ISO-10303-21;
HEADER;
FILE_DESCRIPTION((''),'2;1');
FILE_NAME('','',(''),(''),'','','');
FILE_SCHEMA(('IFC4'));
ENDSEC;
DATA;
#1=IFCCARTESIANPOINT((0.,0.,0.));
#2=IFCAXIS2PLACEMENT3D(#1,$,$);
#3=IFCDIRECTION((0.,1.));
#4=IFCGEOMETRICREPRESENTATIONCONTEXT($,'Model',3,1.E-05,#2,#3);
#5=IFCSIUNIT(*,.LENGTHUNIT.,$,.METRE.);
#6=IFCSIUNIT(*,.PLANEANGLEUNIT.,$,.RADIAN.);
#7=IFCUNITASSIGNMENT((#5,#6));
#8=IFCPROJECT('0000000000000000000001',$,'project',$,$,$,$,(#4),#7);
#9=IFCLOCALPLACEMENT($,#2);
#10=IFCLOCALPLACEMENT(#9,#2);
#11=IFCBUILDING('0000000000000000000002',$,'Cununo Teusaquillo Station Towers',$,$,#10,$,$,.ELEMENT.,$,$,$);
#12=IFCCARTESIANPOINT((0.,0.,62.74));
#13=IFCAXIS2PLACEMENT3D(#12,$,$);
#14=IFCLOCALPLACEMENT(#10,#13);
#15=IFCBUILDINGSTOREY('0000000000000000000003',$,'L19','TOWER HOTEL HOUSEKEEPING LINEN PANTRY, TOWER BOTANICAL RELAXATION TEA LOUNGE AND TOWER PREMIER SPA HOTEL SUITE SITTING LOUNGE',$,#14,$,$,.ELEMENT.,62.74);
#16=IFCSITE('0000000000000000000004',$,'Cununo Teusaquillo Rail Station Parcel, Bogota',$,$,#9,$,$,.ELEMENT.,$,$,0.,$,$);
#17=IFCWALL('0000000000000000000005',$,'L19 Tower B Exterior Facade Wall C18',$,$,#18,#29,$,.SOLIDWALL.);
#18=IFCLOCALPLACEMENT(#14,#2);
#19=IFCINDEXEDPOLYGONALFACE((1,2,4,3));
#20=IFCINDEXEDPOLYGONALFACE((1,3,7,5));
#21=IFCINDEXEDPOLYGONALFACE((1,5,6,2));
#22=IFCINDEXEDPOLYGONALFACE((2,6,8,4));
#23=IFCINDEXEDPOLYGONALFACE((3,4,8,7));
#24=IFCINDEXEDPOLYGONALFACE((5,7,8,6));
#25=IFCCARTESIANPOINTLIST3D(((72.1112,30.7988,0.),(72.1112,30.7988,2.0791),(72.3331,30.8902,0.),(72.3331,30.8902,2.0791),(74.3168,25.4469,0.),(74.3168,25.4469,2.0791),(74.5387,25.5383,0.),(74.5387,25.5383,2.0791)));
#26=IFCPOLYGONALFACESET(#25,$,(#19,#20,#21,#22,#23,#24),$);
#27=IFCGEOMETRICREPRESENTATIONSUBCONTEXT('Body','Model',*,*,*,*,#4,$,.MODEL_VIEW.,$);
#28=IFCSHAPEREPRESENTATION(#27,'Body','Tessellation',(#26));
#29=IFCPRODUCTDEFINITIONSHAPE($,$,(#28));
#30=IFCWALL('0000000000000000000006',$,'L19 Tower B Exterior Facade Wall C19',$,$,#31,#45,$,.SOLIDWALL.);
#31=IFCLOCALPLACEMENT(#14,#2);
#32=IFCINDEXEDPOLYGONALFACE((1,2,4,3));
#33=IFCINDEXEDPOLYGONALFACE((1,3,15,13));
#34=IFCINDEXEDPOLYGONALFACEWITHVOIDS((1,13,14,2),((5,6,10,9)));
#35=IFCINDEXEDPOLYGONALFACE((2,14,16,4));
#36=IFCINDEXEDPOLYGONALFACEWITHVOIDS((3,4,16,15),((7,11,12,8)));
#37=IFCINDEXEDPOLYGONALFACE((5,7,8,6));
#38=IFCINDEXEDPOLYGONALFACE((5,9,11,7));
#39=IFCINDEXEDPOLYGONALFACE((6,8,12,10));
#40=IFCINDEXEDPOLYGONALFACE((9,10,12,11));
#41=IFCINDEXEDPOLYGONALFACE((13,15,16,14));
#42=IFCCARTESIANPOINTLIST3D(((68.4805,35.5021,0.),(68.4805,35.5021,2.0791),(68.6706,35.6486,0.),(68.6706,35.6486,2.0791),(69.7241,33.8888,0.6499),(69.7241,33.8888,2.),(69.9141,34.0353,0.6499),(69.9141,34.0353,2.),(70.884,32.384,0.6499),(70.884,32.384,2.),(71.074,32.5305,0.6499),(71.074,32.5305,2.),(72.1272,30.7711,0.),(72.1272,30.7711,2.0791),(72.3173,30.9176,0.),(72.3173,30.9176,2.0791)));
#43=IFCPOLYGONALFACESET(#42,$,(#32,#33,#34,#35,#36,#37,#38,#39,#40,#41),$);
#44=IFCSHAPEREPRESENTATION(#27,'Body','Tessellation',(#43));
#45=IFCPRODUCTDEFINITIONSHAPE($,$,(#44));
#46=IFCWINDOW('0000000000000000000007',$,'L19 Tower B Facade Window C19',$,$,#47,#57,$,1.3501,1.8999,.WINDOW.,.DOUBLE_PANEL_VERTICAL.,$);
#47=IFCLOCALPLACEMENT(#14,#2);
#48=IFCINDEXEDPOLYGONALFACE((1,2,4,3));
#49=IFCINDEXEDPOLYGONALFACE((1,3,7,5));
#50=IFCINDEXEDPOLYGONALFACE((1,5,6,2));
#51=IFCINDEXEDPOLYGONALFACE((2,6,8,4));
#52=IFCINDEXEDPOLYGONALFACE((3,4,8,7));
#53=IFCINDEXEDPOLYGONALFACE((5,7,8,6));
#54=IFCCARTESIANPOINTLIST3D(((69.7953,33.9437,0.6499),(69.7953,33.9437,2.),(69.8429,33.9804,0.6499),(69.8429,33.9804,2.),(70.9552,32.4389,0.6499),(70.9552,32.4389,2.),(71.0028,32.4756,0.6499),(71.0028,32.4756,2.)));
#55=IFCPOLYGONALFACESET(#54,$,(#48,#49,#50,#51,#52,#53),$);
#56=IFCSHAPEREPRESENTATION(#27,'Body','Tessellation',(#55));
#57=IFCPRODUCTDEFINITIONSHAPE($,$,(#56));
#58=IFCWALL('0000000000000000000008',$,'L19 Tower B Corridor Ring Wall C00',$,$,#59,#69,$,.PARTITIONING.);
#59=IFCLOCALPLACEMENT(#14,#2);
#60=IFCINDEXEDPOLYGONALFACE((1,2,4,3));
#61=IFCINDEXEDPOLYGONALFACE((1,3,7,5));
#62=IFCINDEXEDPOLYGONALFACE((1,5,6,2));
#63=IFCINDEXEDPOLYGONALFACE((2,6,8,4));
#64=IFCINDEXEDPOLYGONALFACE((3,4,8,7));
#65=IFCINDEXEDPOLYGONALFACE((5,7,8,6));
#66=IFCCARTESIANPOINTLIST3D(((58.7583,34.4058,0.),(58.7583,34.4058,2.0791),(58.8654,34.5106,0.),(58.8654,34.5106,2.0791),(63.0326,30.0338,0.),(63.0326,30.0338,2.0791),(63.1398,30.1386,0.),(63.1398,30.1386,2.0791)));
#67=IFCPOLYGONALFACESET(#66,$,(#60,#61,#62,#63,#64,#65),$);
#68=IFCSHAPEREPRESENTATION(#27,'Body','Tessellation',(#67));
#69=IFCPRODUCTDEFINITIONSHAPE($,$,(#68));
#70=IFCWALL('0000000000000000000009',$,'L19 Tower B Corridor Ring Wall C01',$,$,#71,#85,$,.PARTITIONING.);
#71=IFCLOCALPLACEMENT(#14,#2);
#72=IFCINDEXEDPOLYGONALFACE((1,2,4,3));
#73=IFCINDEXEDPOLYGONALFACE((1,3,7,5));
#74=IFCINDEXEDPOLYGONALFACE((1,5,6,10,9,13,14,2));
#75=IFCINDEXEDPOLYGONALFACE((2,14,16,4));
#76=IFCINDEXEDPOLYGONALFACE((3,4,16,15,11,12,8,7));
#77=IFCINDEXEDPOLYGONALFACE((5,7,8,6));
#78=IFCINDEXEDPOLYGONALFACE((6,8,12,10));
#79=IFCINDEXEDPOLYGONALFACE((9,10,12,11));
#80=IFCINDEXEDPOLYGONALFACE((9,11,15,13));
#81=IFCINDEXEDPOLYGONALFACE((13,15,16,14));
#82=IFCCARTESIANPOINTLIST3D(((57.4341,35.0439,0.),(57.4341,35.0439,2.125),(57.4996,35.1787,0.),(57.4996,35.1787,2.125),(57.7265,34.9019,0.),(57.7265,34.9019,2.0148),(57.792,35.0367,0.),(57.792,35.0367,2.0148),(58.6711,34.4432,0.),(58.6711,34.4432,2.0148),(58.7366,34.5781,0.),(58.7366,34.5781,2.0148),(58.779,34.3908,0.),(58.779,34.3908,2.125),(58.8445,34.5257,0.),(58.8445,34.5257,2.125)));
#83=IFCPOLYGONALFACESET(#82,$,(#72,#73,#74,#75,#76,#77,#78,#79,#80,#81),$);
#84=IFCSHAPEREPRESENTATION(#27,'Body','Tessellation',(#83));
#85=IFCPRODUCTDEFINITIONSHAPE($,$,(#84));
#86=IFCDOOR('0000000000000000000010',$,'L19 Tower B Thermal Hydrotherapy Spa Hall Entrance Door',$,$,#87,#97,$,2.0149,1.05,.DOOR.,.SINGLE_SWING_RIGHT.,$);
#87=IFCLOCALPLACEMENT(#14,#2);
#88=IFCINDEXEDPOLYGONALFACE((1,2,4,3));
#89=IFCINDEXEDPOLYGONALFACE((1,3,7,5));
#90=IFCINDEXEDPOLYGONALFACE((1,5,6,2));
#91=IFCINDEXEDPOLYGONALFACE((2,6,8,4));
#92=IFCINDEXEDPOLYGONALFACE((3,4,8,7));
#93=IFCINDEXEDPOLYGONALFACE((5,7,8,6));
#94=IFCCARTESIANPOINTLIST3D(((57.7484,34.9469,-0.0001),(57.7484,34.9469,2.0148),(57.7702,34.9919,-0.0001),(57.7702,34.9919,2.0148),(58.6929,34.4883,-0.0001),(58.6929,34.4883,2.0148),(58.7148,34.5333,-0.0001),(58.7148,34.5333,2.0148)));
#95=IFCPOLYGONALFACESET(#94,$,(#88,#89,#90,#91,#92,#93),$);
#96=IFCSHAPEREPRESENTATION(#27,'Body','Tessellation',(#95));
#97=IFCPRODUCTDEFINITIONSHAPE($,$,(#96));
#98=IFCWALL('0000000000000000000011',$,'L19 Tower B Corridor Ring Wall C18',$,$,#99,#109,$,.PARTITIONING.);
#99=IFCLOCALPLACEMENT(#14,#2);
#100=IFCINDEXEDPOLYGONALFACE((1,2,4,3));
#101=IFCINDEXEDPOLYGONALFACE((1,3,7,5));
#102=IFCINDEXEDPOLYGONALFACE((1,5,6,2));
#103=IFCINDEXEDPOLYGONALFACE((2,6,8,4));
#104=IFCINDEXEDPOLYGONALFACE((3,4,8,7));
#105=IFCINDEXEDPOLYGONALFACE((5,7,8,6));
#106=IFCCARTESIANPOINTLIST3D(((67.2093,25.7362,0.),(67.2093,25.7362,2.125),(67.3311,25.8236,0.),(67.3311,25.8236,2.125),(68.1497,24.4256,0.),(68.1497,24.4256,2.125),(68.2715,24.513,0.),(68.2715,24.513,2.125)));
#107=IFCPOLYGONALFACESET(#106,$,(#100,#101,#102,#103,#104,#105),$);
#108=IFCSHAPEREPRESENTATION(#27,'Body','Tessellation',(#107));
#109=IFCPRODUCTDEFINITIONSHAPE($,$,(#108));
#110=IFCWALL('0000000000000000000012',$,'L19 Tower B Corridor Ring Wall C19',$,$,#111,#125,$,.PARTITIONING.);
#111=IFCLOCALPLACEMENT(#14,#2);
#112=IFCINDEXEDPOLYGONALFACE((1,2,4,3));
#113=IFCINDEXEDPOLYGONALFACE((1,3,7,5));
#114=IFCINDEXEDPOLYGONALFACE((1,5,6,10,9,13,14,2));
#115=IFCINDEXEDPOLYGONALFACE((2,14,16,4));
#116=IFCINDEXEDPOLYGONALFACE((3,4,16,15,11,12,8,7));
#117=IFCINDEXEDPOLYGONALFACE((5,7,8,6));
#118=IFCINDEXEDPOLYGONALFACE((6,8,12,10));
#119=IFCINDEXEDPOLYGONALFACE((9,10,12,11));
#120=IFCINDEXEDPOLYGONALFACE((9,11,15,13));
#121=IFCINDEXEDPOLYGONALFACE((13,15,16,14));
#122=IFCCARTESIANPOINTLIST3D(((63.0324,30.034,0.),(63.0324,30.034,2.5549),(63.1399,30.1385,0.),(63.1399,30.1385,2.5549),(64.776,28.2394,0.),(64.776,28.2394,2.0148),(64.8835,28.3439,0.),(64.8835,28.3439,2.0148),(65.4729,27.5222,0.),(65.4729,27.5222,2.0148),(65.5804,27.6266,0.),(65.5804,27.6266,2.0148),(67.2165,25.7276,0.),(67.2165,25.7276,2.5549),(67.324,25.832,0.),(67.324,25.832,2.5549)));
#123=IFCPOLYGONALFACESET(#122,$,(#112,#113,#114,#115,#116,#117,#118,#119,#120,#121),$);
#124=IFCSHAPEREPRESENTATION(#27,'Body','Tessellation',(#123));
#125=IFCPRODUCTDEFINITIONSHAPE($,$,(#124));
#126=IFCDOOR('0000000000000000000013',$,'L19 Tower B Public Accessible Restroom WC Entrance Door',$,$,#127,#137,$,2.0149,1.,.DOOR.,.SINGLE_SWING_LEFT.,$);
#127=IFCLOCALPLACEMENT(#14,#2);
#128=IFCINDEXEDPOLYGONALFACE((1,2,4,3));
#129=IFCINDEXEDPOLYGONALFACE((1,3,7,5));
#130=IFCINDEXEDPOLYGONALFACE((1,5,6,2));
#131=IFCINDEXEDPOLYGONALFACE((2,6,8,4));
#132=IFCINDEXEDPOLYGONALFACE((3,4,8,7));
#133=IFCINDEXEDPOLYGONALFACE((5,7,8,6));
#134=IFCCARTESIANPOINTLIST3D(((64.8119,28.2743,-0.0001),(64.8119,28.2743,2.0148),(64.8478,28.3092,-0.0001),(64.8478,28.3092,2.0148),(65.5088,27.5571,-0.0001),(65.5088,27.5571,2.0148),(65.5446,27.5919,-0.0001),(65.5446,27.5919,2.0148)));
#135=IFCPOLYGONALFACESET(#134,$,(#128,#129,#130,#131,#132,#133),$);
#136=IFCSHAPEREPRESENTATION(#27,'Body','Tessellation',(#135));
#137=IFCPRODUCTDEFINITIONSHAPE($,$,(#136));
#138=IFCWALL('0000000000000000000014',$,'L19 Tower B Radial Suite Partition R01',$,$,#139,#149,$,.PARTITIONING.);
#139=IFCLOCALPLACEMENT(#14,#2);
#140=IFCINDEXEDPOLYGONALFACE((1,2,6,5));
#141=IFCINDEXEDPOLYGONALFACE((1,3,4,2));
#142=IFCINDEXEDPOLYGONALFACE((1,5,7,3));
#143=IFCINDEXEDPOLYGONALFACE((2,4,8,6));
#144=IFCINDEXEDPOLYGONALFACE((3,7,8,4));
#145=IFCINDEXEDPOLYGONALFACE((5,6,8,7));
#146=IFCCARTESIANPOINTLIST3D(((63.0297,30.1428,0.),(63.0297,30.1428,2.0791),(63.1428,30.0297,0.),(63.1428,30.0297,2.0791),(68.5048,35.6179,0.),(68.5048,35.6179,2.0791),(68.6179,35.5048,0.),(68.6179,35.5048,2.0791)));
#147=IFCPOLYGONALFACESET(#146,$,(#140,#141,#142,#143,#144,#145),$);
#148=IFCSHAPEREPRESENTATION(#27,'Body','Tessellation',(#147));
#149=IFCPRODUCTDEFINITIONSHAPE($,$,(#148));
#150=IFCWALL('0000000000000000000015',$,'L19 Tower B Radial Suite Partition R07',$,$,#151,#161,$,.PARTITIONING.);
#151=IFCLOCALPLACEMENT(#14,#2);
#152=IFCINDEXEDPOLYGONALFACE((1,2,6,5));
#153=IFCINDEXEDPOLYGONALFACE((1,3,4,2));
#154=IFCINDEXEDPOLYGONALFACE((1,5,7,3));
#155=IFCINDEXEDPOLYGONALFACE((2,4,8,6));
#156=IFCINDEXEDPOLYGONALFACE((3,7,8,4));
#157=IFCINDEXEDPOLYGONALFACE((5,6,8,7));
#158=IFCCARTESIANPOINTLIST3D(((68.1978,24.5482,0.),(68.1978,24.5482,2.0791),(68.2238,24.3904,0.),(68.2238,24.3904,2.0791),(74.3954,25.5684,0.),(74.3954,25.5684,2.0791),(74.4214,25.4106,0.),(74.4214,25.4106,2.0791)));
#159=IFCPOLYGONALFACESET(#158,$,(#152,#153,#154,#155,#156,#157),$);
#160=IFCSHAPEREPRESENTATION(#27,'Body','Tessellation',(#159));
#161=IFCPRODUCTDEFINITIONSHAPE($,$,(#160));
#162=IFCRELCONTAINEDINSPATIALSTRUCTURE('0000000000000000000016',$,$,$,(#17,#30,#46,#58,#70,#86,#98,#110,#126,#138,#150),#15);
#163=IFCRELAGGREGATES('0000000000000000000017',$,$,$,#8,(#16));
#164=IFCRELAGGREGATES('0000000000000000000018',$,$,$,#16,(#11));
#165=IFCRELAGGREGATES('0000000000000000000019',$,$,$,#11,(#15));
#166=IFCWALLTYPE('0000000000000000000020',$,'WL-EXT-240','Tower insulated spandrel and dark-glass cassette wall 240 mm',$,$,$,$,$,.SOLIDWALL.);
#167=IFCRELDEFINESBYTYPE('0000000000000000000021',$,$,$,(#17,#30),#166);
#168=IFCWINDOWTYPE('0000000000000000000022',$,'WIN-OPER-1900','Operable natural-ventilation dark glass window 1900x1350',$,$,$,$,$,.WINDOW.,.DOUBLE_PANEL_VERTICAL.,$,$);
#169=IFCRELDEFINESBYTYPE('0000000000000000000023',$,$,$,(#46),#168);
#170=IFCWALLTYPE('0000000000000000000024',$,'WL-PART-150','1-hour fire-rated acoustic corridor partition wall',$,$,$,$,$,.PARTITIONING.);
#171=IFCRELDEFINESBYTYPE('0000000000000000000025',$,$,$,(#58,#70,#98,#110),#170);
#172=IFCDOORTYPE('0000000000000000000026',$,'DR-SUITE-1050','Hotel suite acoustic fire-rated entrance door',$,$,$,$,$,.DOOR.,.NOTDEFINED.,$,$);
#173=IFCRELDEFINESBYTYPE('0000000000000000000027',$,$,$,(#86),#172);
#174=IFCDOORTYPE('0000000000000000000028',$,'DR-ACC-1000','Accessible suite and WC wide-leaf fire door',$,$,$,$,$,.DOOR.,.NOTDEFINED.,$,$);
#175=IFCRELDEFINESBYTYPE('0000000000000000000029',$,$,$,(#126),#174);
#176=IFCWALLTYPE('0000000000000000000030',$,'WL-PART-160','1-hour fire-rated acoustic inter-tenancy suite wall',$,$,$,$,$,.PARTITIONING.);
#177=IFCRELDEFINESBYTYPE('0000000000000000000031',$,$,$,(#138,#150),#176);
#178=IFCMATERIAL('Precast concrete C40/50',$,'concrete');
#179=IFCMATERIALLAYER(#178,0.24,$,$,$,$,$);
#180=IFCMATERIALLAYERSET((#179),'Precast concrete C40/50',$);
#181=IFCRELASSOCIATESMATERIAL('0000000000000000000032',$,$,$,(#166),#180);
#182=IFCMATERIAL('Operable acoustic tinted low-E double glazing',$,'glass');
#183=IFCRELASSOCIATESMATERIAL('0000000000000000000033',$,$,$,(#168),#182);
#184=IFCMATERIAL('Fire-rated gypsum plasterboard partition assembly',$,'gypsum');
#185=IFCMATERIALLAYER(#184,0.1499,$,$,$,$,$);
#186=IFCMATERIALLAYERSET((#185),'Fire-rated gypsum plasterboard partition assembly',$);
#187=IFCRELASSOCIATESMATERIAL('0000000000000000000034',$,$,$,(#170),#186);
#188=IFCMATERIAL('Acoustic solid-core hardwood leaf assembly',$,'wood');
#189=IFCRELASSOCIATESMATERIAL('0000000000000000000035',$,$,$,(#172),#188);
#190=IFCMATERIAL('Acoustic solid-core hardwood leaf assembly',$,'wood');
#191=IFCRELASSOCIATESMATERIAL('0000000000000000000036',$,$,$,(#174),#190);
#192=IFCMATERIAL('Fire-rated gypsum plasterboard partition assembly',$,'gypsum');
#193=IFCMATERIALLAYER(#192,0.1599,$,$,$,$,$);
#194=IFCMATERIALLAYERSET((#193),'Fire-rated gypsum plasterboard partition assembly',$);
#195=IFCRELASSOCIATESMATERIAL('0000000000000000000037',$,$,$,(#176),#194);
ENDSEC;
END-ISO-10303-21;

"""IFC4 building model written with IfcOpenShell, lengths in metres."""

from ifc_helpers import new_model, si_unit, direction, frame, frame_2d, origin, place, context, subcontext, project, spatial, rectangle, extrude, source, transform, mapped, material, layer, layer_set, type_object, element, fill, save


model = new_model("IFC4")

# Units and contexts
model_context = context("Model", 3, precision=1e-05, world=origin(), true_north=direction((0.0, 1.0)))
body_context = subcontext(model_context, "Body", "Model", "MODEL_VIEW")
ifc_project = project(units=[si_unit("LENGTHUNIT", "METRE"), si_unit("PLANEANGLEUNIT", "RADIAN")], contexts=[model_context])

# Site, building, storey
site_placement = place(None, origin())
site = spatial("IfcSite", under=ifc_project, at=site_placement, Name="Cununo Teusaquillo Rail Station Parcel, Bogota", CompositionType="ELEMENT", RefElevation=0.0)
building_placement = place(site_placement, origin())
building = spatial("IfcBuilding", under=site, at=building_placement, Name="Cununo Teusaquillo Station Towers", CompositionType="ELEMENT")
storey_placement = place(building_placement, frame((0.0, 0.0, 62.74)))
storey = spatial("IfcBuildingStorey", under=building, at=storey_placement, Name="L19", Description="TOWER HOTEL HOUSEKEEPING LINEN PANTRY, TOWER BOTANICAL RELAXATION TEA LOUNGE AND TOWER PREMIER SPA HOTEL SUITE SITTING LOUNGE", CompositionType="ELEMENT", Elevation=62.74)

# Shared definitions
ifc_material_1 = material(Name="Precast concrete C40/50", Category="concrete")
ifc_layer_1 = layer(ifc_material_1, 0.24)
ifc_layer_set_1 = layer_set([ifc_layer_1], Name="Precast concrete C40/50")
wall_type_1 = type_object("IfcWallType", Name="WL-EXT-240", Description="Tower insulated spandrel and dark-glass cassette wall 240 mm", PredefinedType="SOLIDWALL", material=ifc_layer_set_1)

# Wall
wall_1_placement = place(storey_placement, frame((72.2222, 30.8445, 0.0), z_axis=(0.0, 0.0, 1.0), x_axis=(0.381028, -0.924564, 0.0)))
element("IfcWall", 1, at=wall_1_placement, inside=storey, type_object=wall_type_1, Name="L19 Tower B Exterior Facade Wall C18", PredefinedType="SOLIDWALL", context=body_context, shape_type="SweptSolid", body=[
    extrude(rectangle(XDim=5.7886, YDim=0.24, at=frame_2d((2.8943, 0.0))), origin(), (0.0, 0.0, 1.0), 2.0791),
])

# Wall, opening, window
wall_2_placement = place(storey_placement, frame((68.5754, 35.5754, 0.0), z_axis=(0.0, 0.0, 1.0), x_axis=(0.610503, -0.792014, 0.0)))
wall_2 = element("IfcWall", 2, at=wall_2_placement, inside=storey, type_object=wall_type_1, Name="L19 Tower B Exterior Facade Wall C19", PredefinedType="SOLIDWALL", context=body_context, shape_type="SweptSolid", body=[
    extrude(rectangle(XDim=5.9734, YDim=0.24, at=frame_2d((2.9868, 0.0))), origin(), (0.0, 0.0, 1.0), 2.0791),
])
shared_shape_1 = source(origin(), body_context, "Body", "SweptSolid", [
    extrude(rectangle(XDim=1.8999, YDim=1.3501, at=frame_2d((0.95, 0.675))), frame((0.0, 0.1299, 0.0), z_axis=(0.0, -1.0, 0.0), x_axis=(1.0, 0.0, 0.0)), (0.0, 0.0, 1.0), 0.26),
])
opening_1_placement = place(wall_2_placement, frame((2.0371, 0.0, 0.6499)))
opening_1 = element("IfcOpeningElement", 3, at=opening_1_placement, cuts=wall_2, PredefinedType="OPENING", context=body_context, shape_type="MappedRepresentation", body=[
    mapped(shared_shape_1, transform((0.0, 0.0, 0.0), x_axis=(1.0, 0.0, 0.0), y_axis=(0.0, 1.0, 0.0), z_axis=(0.0, 0.0, 1.0), scale=1.0)),
])
ifc_material_2 = material(Name="Operable acoustic tinted low-E double glazing", Category="glass")
window_type_1 = type_object("IfcWindowType", Name="WIN-OPER-1900", Description="Operable natural-ventilation dark glass window 1900x1350", PartitioningType="DOUBLE_PANEL_VERTICAL", PredefinedType="WINDOW", material=ifc_material_2)
shared_shape_2 = source(origin(), body_context, "Body", "SweptSolid", [
    extrude(rectangle(XDim=1.8999, YDim=1.3501, at=frame_2d((0.95, 0.675))), frame((0.0, 0.03, 0.0), z_axis=(0.0, -1.0, 0.0), x_axis=(1.0, 0.0, 0.0)), (0.0, 0.0, 1.0), 0.0601),
])
window_1_placement = place(opening_1_placement, origin())
window_1 = element("IfcWindow", 4, at=window_1_placement, inside=storey, type_object=window_type_1, Name="L19 Tower B Facade Window C19", OverallHeight=1.3501, OverallWidth=1.8999, PartitioningType="DOUBLE_PANEL_VERTICAL", PredefinedType="WINDOW", context=body_context, shape_type="MappedRepresentation", body=[
    mapped(shared_shape_2, transform((0.0, 0.0, 0.0), x_axis=(1.0, 0.0, 0.0), y_axis=(0.0, 1.0, 0.0), z_axis=(0.0, 0.0, 1.0), scale=1.0)),
])
fill(opening_1, window_1)

# Wall
ifc_material_3 = material(Name="Fire-rated gypsum plasterboard partition assembly", Category="gypsum")
ifc_layer_2 = layer(ifc_material_3, 0.1499)
ifc_layer_set_2 = layer_set([ifc_layer_2], Name="Fire-rated gypsum plasterboard partition assembly")
wall_type_2 = type_object("IfcWallType", Name="WL-PART-150", Description="1-hour fire-rated acoustic corridor partition wall", PredefinedType="PARTITIONING", material=ifc_layer_set_2)
wall_3_placement = place(storey_placement, frame((63.0862, 30.0862, 0.0), z_axis=(0.0, 0.0, 1.0), x_axis=(-0.699076, 0.715047, 0.0)))
element("IfcWall", 5, at=wall_3_placement, inside=storey, type_object=wall_type_2, Name="L19 Tower B Corridor Ring Wall C00", PredefinedType="PARTITIONING", context=body_context, shape_type="SweptSolid", body=[
    extrude(rectangle(XDim=6.1143, YDim=0.1499, at=frame_2d((3.0571, 0.0))), origin(), (0.0, 0.0, 1.0), 2.0791),
])

# Wall, opening, door
wall_4_placement = place(storey_placement, frame((58.8118, 34.4583, 0.0), z_axis=(0.0, 0.0, 1.0), x_axis=(-0.899559, 0.436798, 0.0)))
wall_4 = element("IfcWall", 6, at=wall_4_placement, inside=storey, type_object=wall_type_2, Name="L19 Tower B Corridor Ring Wall C01", PredefinedType="PARTITIONING", context=body_context, shape_type="SweptSolid", body=[
    extrude(rectangle(XDim=1.4951, YDim=0.1499, at=frame_2d((0.7476, 0.0))), origin(), (0.0, 0.0, 1.0), 2.125),
])
shared_shape_3 = source(origin(), body_context, "Body", "SweptSolid", [
    extrude(rectangle(XDim=1.05, YDim=2.0149, at=frame_2d((0.5249, 1.0073))), frame((0.0, 0.085, 0.0), z_axis=(0.0, -1.0, 0.0), x_axis=(1.0, 0.0, 0.0)), (0.0, 0.0, 1.0), 0.1699),
])
opening_2_placement = place(wall_4_placement, frame((0.1201, 0.0, 0.0)))
opening_2 = element("IfcOpeningElement", 7, at=opening_2_placement, cuts=wall_4, PredefinedType="OPENING", context=body_context, shape_type="MappedRepresentation", body=[
    mapped(shared_shape_3, transform((0.0, 0.0, 0.0), x_axis=(1.0, 0.0, 0.0), y_axis=(0.0, 1.0, 0.0), z_axis=(0.0, 0.0, 1.0), scale=1.0)),
])
ifc_material_4 = material(Name="Acoustic solid-core hardwood leaf assembly", Category="wood")
door_type_1 = type_object("IfcDoorType", Name="DR-SUITE-1050", Description="Hotel suite acoustic fire-rated entrance door", OperationType="NOTDEFINED", PredefinedType="DOOR", material=ifc_material_4)
shared_shape_4 = source(origin(), body_context, "Body", "SweptSolid", [
    extrude(rectangle(XDim=1.05, YDim=2.0149, at=frame_2d((0.5249, 1.0073))), frame((0.0, 0.0249, 0.0), z_axis=(0.0, -1.0, 0.0), x_axis=(1.0, 0.0, 0.0)), (0.0, 0.0, 1.0), 0.05),
])
door_1_placement = place(opening_2_placement, origin())
door_1 = element("IfcDoor", 8, at=door_1_placement, inside=storey, type_object=door_type_1, Name="L19 Tower B Thermal Hydrotherapy Spa Hall Entrance Door", OperationType="SINGLE_SWING_RIGHT", OverallHeight=2.0149, OverallWidth=1.05, PredefinedType="DOOR", context=body_context, shape_type="MappedRepresentation", body=[
    mapped(shared_shape_4, transform((0.0, 0.0, 0.0), x_axis=(1.0, 0.0, 0.0), y_axis=(0.0, 1.0, 0.0), z_axis=(0.0, 0.0, 1.0), scale=1.0)),
])
fill(opening_2, door_1)

# Wall
wall_5_placement = place(storey_placement, frame((68.2107, 24.4692, 0.0), z_axis=(0.0, 0.0, 1.0), x_axis=(-0.583012, 0.812463, 0.0)))
element("IfcWall", 9, at=wall_5_placement, inside=storey, type_object=wall_type_2, Name="L19 Tower B Corridor Ring Wall C18", PredefinedType="PARTITIONING", context=body_context, shape_type="SweptSolid", body=[
    extrude(rectangle(XDim=1.613, YDim=0.1499, at=frame_2d((0.8066, 0.0))), origin(), (0.0, 0.0, 1.0), 2.125),
])

# Wall, opening, door
wall_6_placement = place(storey_placement, frame((67.2703, 25.7798, 0.0), z_axis=(0.0, 0.0, 1.0), x_axis=(-0.696848, 0.717219, 0.0)))
wall_6 = element("IfcWall", 10, at=wall_6_placement, inside=storey, type_object=wall_type_2, Name="L19 Tower B Corridor Ring Wall C19", PredefinedType="PARTITIONING", context=body_context, shape_type="SweptSolid", body=[
    extrude(rectangle(XDim=6.0044, YDim=0.1499, at=frame_2d((3.0022, 0.0))), origin(), (0.0, 0.0, 1.0), 2.5549),
])
shared_shape_5 = source(origin(), body_context, "Body", "SweptSolid", [
    extrude(rectangle(XDim=1.0, YDim=2.0149, at=frame_2d((0.5, 1.0073))), frame((0.0, 0.085, 0.0), z_axis=(0.0, -1.0, 0.0), x_axis=(1.0, 0.0, 0.0)), (0.0, 0.0, 1.0), 0.1699),
])
opening_3_placement = place(wall_6_placement, frame((2.5022, 0.0, 0.0)))
opening_3 = element("IfcOpeningElement", 11, at=opening_3_placement, cuts=wall_6, PredefinedType="OPENING", context=body_context, shape_type="MappedRepresentation", body=[
    mapped(shared_shape_5, transform((0.0, 0.0, 0.0), x_axis=(1.0, 0.0, 0.0), y_axis=(0.0, 1.0, 0.0), z_axis=(0.0, 0.0, 1.0), scale=1.0)),
])
ifc_material_5 = material(Name="Acoustic solid-core hardwood leaf assembly", Category="wood")
door_type_2 = type_object("IfcDoorType", Name="DR-ACC-1000", Description="Accessible suite and WC wide-leaf fire door", OperationType="NOTDEFINED", PredefinedType="DOOR", material=ifc_material_5)
shared_shape_6 = source(origin(), body_context, "Body", "SweptSolid", [
    extrude(rectangle(XDim=1.0, YDim=2.0149, at=frame_2d((0.5, 1.0073))), frame((0.0, 0.0249, 0.0), z_axis=(0.0, -1.0, 0.0), x_axis=(1.0, 0.0, 0.0)), (0.0, 0.0, 1.0), 0.05),
])
door_2_placement = place(opening_3_placement, origin())
door_2 = element("IfcDoor", 12, at=door_2_placement, inside=storey, type_object=door_type_2, Name="L19 Tower B Public Accessible Restroom WC Entrance Door", OperationType="SINGLE_SWING_LEFT", OverallHeight=2.0149, OverallWidth=1.0, PredefinedType="DOOR", context=body_context, shape_type="MappedRepresentation", body=[
    mapped(shared_shape_6, transform((0.0, 0.0, 0.0), x_axis=(1.0, 0.0, 0.0), y_axis=(0.0, 1.0, 0.0), z_axis=(0.0, 0.0, 1.0), scale=1.0)),
])
fill(opening_3, door_2)

# Walls
ifc_material_6 = material(Name="Fire-rated gypsum plasterboard partition assembly", Category="gypsum")
ifc_layer_3 = layer(ifc_material_6, 0.1599)
ifc_layer_set_3 = layer_set([ifc_layer_3], Name="Fire-rated gypsum plasterboard partition assembly")
wall_type_3 = type_object("IfcWallType", Name="WL-PART-160", Description="1-hour fire-rated acoustic inter-tenancy suite wall", PredefinedType="PARTITIONING", material=ifc_layer_set_3)
wall_7_placement = place(storey_placement, frame((63.0862, 30.0862, 0.0), z_axis=(0.0, 0.0, 1.0), x_axis=(0.707107, 0.707107, 0.0)))
element("IfcWall", 13, at=wall_7_placement, inside=storey, type_object=wall_type_3, Name="L19 Tower B Radial Suite Partition R01", PredefinedType="PARTITIONING", context=body_context, shape_type="SweptSolid", body=[
    extrude(rectangle(XDim=7.7429, YDim=0.1599, at=frame_2d((3.8716, 0.0))), origin(), (0.0, 0.0, 1.0), 2.0791),
])
wall_8_placement = place(storey_placement, frame((68.2107, 24.4692, 0.0), z_axis=(0.0, 0.0, 1.0), x_axis=(0.986719, 0.162438, 0.0)))
element("IfcWall", 14, at=wall_8_placement, inside=storey, type_object=wall_type_3, Name="L19 Tower B Radial Suite Partition R07", PredefinedType="PARTITIONING", context=body_context, shape_type="SweptSolid", body=[
    extrude(rectangle(XDim=6.281, YDim=0.1599, at=frame_2d((3.1406, 0.0))), origin(), (0.0, 0.0, 1.0), 2.0791),
])

save(model, "model.ifc")
